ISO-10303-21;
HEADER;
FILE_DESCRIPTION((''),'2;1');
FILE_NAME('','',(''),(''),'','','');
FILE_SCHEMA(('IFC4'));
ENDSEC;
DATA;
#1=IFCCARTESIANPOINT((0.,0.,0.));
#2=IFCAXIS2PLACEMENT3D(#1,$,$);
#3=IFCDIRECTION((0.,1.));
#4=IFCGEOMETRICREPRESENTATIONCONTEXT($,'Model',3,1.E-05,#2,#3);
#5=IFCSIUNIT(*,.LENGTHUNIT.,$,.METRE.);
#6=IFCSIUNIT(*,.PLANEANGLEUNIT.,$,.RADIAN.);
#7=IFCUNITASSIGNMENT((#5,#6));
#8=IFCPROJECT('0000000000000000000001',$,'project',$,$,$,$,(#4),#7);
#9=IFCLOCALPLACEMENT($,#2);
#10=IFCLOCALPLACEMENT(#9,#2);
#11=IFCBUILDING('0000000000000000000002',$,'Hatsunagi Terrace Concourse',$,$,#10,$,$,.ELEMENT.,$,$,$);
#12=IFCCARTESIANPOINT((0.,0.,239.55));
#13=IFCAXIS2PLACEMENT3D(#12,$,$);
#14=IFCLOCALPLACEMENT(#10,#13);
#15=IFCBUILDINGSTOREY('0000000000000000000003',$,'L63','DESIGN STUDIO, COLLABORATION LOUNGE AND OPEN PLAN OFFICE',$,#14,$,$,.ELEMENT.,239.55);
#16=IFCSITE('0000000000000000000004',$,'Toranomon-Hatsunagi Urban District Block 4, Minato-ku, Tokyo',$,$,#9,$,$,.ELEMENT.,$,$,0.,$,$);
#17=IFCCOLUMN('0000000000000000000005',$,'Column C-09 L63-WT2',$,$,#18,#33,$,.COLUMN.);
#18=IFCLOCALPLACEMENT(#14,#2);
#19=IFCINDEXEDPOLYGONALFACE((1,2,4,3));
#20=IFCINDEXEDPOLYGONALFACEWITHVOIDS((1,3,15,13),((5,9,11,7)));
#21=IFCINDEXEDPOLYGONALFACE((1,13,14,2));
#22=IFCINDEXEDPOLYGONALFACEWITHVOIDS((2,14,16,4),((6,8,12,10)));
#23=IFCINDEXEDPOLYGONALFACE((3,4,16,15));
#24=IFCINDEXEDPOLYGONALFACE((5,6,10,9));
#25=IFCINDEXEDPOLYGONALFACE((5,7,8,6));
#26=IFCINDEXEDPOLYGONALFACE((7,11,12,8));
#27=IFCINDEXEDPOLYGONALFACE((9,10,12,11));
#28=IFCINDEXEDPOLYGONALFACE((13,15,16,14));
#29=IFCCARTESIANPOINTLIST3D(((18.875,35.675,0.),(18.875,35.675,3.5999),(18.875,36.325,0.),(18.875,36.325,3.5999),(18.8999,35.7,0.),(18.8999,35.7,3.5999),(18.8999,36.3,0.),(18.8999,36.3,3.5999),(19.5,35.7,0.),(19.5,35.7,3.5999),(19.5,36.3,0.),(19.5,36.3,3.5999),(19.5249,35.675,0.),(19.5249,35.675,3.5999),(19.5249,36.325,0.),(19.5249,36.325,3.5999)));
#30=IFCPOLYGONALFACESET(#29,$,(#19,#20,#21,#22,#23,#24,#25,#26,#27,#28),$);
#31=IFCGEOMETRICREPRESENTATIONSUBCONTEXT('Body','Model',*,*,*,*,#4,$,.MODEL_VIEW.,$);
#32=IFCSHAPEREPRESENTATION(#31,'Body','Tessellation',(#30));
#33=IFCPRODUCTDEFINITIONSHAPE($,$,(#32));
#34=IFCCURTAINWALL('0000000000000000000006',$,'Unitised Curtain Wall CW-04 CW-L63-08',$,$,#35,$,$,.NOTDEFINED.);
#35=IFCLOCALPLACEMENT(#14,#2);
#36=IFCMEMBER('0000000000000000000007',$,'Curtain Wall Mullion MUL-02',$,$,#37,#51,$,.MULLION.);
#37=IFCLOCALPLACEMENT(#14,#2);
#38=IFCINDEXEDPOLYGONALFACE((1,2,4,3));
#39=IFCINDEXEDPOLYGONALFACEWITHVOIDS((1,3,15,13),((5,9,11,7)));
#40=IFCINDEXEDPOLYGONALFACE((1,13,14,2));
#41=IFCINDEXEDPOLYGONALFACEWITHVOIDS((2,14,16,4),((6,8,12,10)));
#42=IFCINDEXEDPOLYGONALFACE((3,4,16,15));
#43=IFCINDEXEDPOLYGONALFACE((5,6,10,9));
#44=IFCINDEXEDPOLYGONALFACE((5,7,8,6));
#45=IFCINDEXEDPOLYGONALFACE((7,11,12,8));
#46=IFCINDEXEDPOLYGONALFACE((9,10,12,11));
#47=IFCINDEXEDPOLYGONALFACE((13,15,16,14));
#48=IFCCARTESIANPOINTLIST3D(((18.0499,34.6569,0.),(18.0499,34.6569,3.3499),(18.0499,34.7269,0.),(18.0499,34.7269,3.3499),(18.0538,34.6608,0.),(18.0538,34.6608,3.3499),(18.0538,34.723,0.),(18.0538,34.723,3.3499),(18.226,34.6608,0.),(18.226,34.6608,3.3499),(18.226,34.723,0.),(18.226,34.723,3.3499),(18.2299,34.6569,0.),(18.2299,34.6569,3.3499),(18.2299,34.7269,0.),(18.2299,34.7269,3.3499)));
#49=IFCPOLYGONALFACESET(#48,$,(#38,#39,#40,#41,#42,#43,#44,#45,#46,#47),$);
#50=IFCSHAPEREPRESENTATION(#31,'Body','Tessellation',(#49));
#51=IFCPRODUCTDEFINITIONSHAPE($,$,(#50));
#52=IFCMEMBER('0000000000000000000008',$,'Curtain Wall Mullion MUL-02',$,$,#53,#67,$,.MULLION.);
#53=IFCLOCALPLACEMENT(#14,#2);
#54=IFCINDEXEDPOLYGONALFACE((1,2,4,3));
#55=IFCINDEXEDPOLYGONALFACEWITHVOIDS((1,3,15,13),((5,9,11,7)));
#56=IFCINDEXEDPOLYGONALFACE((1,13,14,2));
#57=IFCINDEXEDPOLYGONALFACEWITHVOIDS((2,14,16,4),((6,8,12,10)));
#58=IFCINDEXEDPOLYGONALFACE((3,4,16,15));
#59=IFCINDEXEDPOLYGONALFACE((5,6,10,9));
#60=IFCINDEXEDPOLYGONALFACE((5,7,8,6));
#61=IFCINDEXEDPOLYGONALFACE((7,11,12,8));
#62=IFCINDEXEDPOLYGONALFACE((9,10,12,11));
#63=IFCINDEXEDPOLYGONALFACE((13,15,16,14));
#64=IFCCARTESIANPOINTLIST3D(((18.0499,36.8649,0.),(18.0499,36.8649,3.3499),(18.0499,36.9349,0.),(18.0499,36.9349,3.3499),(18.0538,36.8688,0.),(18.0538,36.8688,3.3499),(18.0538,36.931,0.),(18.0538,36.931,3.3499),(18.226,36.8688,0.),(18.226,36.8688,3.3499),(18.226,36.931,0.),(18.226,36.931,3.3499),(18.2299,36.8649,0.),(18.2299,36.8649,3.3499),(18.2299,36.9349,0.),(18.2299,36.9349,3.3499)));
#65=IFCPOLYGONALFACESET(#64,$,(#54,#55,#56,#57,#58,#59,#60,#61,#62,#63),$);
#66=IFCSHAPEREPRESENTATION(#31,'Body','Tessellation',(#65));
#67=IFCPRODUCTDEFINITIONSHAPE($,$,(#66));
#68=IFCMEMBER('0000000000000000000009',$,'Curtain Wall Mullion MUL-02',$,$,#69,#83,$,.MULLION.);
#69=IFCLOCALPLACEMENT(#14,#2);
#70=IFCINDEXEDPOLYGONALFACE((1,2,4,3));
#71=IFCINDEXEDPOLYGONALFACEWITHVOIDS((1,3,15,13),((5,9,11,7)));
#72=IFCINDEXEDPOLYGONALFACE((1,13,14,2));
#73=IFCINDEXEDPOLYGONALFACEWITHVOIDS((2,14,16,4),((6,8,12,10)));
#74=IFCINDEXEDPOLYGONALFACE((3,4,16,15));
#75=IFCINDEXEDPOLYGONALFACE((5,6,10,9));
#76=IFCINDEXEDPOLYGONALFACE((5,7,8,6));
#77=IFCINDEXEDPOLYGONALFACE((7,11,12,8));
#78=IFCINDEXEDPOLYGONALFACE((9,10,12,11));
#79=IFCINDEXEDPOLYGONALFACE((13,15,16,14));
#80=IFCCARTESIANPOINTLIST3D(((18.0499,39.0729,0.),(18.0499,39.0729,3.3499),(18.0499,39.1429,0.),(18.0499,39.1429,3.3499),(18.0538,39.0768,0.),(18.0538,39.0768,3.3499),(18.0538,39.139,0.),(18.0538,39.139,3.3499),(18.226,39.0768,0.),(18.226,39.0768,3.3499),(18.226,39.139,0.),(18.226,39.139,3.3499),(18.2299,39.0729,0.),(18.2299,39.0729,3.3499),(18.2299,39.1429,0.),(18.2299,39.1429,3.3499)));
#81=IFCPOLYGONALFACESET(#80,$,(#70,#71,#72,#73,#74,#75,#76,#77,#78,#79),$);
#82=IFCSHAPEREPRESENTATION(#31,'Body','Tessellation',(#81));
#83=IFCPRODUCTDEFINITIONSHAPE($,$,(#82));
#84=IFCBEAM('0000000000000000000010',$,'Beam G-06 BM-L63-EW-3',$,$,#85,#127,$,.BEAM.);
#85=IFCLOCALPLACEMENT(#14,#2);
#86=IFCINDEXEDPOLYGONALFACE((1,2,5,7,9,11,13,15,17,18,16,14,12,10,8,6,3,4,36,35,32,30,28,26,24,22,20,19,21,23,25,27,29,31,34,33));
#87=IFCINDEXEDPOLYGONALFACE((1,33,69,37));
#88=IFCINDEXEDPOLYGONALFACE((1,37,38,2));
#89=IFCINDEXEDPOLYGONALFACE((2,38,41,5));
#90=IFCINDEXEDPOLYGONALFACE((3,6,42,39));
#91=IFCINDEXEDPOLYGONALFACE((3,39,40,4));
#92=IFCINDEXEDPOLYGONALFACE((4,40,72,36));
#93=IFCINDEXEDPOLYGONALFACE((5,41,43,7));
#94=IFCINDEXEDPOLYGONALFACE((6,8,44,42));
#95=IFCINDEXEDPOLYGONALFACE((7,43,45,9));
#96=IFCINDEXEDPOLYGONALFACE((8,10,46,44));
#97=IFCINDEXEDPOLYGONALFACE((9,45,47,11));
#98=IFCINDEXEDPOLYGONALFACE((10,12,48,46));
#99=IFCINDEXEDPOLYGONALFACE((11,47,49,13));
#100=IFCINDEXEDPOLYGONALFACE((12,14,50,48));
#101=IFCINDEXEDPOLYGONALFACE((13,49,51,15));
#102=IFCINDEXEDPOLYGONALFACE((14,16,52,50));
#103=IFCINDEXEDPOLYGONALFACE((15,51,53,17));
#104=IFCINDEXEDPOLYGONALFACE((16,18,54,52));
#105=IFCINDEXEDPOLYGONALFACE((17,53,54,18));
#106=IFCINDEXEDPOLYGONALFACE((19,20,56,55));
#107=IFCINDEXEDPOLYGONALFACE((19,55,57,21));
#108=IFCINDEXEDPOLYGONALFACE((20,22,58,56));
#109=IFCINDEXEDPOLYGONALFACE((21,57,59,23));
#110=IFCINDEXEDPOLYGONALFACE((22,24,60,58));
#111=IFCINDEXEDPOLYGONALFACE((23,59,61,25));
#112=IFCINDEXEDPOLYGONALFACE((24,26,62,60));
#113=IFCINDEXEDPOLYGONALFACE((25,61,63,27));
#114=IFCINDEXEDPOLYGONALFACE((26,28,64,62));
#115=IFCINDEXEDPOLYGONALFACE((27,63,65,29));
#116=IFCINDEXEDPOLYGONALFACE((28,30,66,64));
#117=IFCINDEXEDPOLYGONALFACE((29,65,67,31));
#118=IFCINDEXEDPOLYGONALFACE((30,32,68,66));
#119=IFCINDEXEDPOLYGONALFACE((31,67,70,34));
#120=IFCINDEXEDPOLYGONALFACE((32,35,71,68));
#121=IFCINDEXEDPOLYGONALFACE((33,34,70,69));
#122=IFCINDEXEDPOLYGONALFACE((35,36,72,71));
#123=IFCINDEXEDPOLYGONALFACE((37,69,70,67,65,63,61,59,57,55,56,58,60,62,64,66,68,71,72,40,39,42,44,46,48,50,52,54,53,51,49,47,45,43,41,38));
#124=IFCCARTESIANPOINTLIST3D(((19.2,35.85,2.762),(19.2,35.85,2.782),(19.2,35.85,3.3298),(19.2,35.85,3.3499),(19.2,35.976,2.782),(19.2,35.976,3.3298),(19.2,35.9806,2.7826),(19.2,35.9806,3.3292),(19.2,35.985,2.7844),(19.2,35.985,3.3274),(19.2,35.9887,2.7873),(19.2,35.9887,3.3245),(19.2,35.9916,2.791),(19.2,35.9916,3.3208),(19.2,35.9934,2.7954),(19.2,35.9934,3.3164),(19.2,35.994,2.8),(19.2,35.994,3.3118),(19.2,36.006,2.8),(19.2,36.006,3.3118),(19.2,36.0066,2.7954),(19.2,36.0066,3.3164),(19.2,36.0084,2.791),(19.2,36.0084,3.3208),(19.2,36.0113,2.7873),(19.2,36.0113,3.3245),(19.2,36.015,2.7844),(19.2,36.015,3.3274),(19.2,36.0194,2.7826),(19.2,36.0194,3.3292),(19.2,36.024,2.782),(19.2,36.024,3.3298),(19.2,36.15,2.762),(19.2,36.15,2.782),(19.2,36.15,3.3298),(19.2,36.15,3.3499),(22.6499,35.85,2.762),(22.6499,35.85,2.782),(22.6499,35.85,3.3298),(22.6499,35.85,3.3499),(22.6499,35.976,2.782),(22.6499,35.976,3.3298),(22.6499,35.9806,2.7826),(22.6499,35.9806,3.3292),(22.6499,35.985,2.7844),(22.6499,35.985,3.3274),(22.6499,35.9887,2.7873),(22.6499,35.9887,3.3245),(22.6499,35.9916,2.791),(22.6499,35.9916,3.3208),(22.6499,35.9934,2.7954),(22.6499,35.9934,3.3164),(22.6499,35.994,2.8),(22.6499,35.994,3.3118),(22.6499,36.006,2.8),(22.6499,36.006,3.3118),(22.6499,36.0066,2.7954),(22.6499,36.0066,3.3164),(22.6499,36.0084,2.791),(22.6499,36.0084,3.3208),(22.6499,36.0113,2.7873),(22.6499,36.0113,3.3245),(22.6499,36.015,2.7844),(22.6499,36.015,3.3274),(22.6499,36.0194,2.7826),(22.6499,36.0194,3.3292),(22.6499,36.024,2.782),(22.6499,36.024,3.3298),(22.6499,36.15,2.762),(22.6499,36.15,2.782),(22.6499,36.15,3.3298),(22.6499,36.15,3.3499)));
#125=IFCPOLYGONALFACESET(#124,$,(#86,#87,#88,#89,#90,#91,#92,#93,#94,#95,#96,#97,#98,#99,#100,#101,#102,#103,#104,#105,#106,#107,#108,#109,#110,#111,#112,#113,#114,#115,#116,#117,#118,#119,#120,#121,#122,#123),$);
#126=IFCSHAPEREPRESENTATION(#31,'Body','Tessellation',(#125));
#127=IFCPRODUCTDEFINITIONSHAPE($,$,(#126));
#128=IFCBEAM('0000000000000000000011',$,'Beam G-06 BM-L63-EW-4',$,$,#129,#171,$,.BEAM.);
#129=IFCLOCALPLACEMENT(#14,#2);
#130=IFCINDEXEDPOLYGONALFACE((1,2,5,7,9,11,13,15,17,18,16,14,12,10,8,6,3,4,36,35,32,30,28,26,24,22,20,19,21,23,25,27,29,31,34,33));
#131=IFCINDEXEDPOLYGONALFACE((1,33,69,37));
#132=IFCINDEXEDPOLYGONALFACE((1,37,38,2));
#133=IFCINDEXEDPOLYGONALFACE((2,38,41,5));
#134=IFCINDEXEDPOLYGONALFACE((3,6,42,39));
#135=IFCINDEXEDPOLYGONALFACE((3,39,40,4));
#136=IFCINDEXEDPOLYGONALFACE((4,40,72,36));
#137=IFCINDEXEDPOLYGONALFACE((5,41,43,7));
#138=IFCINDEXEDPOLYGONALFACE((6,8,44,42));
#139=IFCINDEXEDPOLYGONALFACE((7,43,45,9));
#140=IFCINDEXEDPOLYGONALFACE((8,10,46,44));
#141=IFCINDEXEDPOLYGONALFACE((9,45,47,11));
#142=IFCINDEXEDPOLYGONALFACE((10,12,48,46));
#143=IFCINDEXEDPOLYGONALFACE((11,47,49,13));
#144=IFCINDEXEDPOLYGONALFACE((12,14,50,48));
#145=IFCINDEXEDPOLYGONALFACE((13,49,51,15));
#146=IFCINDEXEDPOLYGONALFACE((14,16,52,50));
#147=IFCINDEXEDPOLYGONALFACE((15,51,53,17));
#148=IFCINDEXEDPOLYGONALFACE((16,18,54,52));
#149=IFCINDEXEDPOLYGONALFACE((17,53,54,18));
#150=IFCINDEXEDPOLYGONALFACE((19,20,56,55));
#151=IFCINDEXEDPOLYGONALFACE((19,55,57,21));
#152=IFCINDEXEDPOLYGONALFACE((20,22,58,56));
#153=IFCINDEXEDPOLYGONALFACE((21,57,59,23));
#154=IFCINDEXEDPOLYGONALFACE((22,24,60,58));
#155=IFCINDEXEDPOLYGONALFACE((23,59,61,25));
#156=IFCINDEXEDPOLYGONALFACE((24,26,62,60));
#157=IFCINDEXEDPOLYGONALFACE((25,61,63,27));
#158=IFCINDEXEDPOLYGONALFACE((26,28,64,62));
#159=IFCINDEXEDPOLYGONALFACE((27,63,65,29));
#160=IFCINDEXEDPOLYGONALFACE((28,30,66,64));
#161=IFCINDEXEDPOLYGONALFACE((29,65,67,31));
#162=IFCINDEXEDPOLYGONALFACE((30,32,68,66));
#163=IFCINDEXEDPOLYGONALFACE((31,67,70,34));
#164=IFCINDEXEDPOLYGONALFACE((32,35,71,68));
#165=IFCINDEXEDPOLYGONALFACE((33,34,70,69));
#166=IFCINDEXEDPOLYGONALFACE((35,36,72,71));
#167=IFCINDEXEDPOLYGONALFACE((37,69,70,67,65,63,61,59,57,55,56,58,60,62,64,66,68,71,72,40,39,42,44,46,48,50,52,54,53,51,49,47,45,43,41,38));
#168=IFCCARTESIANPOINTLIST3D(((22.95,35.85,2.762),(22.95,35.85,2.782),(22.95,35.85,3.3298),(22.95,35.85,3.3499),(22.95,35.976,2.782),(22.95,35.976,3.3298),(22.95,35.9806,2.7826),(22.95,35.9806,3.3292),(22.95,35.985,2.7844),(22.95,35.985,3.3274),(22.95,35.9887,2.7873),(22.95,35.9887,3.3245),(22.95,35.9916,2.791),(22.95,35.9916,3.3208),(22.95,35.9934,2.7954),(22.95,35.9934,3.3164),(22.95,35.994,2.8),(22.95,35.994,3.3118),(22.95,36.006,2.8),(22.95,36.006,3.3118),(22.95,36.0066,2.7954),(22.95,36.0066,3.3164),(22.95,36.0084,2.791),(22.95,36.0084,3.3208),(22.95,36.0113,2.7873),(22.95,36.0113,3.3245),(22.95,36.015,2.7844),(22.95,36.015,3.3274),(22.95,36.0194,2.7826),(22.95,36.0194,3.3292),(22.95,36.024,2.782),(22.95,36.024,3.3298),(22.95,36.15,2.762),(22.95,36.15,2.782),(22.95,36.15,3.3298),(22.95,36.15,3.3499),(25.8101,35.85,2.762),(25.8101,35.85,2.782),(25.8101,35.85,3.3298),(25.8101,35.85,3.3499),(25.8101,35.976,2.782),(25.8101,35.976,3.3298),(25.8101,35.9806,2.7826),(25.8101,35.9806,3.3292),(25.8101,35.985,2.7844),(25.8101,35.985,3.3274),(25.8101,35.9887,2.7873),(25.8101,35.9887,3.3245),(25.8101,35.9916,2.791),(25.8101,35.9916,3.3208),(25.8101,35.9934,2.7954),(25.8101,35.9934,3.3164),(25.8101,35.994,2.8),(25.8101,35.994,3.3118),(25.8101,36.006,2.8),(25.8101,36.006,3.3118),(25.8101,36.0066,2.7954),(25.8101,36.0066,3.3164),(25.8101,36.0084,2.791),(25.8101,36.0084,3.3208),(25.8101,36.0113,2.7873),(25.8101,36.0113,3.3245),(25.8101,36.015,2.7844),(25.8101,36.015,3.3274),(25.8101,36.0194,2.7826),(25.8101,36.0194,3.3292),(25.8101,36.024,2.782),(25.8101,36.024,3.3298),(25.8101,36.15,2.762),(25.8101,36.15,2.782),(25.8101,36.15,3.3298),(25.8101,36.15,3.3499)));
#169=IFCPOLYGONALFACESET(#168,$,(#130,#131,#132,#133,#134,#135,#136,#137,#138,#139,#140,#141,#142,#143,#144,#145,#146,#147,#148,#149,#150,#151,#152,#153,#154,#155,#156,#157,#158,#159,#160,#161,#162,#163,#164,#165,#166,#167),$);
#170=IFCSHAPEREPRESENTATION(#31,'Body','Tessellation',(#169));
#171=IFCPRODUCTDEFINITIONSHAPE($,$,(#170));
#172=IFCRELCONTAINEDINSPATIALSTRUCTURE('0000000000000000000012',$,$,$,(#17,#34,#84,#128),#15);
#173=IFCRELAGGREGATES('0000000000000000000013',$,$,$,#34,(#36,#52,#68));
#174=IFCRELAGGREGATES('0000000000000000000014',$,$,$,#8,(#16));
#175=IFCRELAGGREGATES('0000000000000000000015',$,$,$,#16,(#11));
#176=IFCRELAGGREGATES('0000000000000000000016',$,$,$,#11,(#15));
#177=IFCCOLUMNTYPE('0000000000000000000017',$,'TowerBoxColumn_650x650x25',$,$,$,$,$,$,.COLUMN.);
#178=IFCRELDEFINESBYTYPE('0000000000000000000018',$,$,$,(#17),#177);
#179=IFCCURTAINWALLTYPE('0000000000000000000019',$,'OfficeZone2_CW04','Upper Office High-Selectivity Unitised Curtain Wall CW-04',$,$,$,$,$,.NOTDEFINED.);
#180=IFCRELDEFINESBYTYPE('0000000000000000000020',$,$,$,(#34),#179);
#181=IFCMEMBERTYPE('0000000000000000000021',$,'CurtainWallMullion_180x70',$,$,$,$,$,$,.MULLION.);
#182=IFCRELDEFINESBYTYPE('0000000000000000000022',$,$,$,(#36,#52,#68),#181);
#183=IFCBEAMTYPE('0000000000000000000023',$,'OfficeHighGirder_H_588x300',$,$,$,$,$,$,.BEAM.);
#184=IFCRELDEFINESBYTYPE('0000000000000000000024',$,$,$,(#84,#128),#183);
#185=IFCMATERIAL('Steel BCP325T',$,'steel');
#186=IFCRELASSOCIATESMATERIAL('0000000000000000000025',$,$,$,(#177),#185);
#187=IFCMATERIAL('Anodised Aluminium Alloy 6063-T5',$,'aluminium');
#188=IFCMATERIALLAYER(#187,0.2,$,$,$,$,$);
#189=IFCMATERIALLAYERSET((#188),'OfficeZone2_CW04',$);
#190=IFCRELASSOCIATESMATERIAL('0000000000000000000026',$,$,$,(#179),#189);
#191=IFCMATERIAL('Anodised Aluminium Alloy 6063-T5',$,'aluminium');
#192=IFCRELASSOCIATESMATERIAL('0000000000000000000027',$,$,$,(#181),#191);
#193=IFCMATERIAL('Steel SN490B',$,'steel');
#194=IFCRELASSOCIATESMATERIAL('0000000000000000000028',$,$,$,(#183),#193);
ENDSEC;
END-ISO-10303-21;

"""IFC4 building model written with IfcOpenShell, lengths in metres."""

from ifc_helpers import new_model, si_unit, direction, frame, origin, origin_2d, place, context, subcontext, project, spatial, hollow_rectangle, i_section, extrude, material, layer, layer_set, material_profile, profile_set, type_object, element, aggregate, save


model = new_model("IFC4")

# Units and contexts
model_context = context("Model", 3, precision=1e-05, world=origin(), true_north=direction((0.0, 1.0)))
body_context = subcontext(model_context, "Body", "Model", "MODEL_VIEW")
ifc_project = project(units=[si_unit("LENGTHUNIT", "METRE"), si_unit("PLANEANGLEUNIT", "RADIAN")], contexts=[model_context])

# Site, building, storey
site_placement = place(None, origin())
site = spatial("IfcSite", under=ifc_project, at=site_placement, Name="Toranomon-Hatsunagi Urban District Block 4, Minato-ku, Tokyo", CompositionType="ELEMENT", RefElevation=0.0)
building_placement = place(site_placement, origin())
building = spatial("IfcBuilding", under=site, at=building_placement, Name="Hatsunagi Terrace Concourse", CompositionType="ELEMENT")
storey_placement = place(building_placement, frame((0.0, 0.0, 239.55)))
storey = spatial("IfcBuildingStorey", under=building, at=storey_placement, Name="L63", Description="DESIGN STUDIO, COLLABORATION LOUNGE AND OPEN PLAN OFFICE", CompositionType="ELEMENT", Elevation=239.55)

# Column
ifc_material_1 = material(Name="Steel BCP325T", Category="steel")
ifc_material_profile_1 = material_profile(ifc_material_1, hollow_rectangle(XDim=0.6499, YDim=0.6499, WallThickness=0.0249, at=origin_2d()), Name="BCP-650x650x25")
ifc_profile_set_1 = profile_set([ifc_material_profile_1], Name="Steel BCP325T")
column_type = type_object("IfcColumnType", Name="TowerBoxColumn_650x650x25", PredefinedType="COLUMN", material=ifc_profile_set_1)
column_placement = place(storey_placement, frame((19.2, 36.0, 0.0), z_axis=(0.0, 0.0, 1.0), x_axis=(1.0, 0.0, 0.0)))
element("IfcColumn", 1, at=column_placement, inside=storey, type_object=column_type, Name="Column C-09 L63-WT2", PredefinedType="COLUMN", context=body_context, shape_type="SweptSolid", body=[
    extrude(hollow_rectangle(XDim=0.6499, YDim=0.6499, WallThickness=0.0249, at=origin_2d()), origin(), (0.0, 0.0, 1.0), 3.5999),
])

# Curtain wall, members
ifc_material_2 = material(Name="Anodised Aluminium Alloy 6063-T5", Category="aluminium")
ifc_layer_1 = layer(ifc_material_2, 0.2)
ifc_layer_set_1 = layer_set([ifc_layer_1], Name="OfficeZone2_CW04")
curtain_wall_type = type_object("IfcCurtainWallType", Name="OfficeZone2_CW04", Description="Upper Office High-Selectivity Unitised Curtain Wall CW-04", PredefinedType="NOTDEFINED", material=ifc_layer_set_1)
curtain_wall_placement = place(storey_placement, origin())
curtain_wall = element("IfcCurtainWall", 2, at=curtain_wall_placement, inside=storey, type_object=curtain_wall_type, Name="Unitised Curtain Wall CW-04 CW-L63-08", PredefinedType="NOTDEFINED")
ifc_material_3 = material(Name="Anodised Aluminium Alloy 6063-T5", Category="aluminium")
ifc_material_profile_2 = material_profile(ifc_material_3, hollow_rectangle(XDim=0.0701, YDim=0.1799, WallThickness=0.0039, at=origin_2d()), Name="ALU-MUL-180x70x4")
ifc_profile_set_2 = profile_set([ifc_material_profile_2], Name="Anodised Aluminium Alloy 6063-T5")
member_type = type_object("IfcMemberType", Name="CurtainWallMullion_180x70", PredefinedType="MULLION", material=ifc_profile_set_2)
member_1_placement = place(storey_placement, frame((18.1399, 34.6919, 0.0), z_axis=(0.0, 0.0, 1.0), x_axis=(0.0, 1.0, 0.0)))
member_1 = element("IfcMember", 3, at=member_1_placement, type_object=member_type, Name="Curtain Wall Mullion MUL-02", PredefinedType="MULLION", context=body_context, shape_type="SweptSolid", body=[
    extrude(hollow_rectangle(XDim=0.0701, YDim=0.1799, WallThickness=0.0039, at=origin_2d()), origin(), (0.0, 0.0, 1.0), 3.3499),
])
member_2_placement = place(storey_placement, frame((18.1399, 36.8999, 0.0), z_axis=(0.0, 0.0, 1.0), x_axis=(0.0, 1.0, 0.0)))
member_2 = element("IfcMember", 4, at=member_2_placement, type_object=member_type, Name="Curtain Wall Mullion MUL-02", PredefinedType="MULLION", context=body_context, shape_type="SweptSolid", body=[
    extrude(hollow_rectangle(XDim=0.0701, YDim=0.1799, WallThickness=0.0039, at=origin_2d()), origin(), (0.0, 0.0, 1.0), 3.3499),
])
member_3_placement = place(storey_placement, frame((18.1399, 39.1079, 0.0), z_axis=(0.0, 0.0, 1.0), x_axis=(0.0, 1.0, 0.0)))
member_3 = element("IfcMember", 5, at=member_3_placement, type_object=member_type, Name="Curtain Wall Mullion MUL-02", PredefinedType="MULLION", context=body_context, shape_type="SweptSolid", body=[
    extrude(hollow_rectangle(XDim=0.0701, YDim=0.1799, WallThickness=0.0039, at=origin_2d()), origin(), (0.0, 0.0, 1.0), 3.3499),
])

# Beams
ifc_material_4 = material(Name="Steel SN490B", Category="steel")
ifc_material_profile_3 = material_profile(ifc_material_4, i_section(OverallWidth=0.3, OverallDepth=0.5879, WebThickness=0.012, FlangeThickness=0.02, FilletRadius=0.0181, at=origin_2d()), Name="H-588x300x12x20")
ifc_profile_set_3 = profile_set([ifc_material_profile_3], Name="Steel SN490B")
beam_type_1 = type_object("IfcBeamType", Name="OfficeHighGirder_H_588x300", PredefinedType="BEAM", material=ifc_profile_set_3)
beam_1_placement = place(storey_placement, frame((19.2, 36.0, 3.0559), z_axis=(1.0, 0.0, 0.0), x_axis=(0.0, 1.0, 0.0)))
element("IfcBeam", 6, at=beam_1_placement, inside=storey, type_object=beam_type_1, Name="Beam G-06 BM-L63-EW-3", PredefinedType="BEAM", context=body_context, shape_type="SweptSolid", body=[
    extrude(i_section(OverallWidth=0.3, OverallDepth=0.5879, WebThickness=0.012, FlangeThickness=0.02, FilletRadius=0.0181, at=origin_2d()), origin(), (0.0, 0.0, 1.0), 3.45),
])
beam_2_placement = place(storey_placement, frame((22.95, 36.0, 3.0559), z_axis=(1.0, 0.0, 0.0), x_axis=(0.0, 1.0, 0.0)))
element("IfcBeam", 7, at=beam_2_placement, inside=storey, type_object=beam_type_1, Name="Beam G-06 BM-L63-EW-4", PredefinedType="BEAM", context=body_context, shape_type="SweptSolid", body=[
    extrude(i_section(OverallWidth=0.3, OverallDepth=0.5879, WebThickness=0.012, FlangeThickness=0.02, FilletRadius=0.0181, at=origin_2d()), origin(), (0.0, 0.0, 1.0), 2.8601),
])

aggregate(curtain_wall, [member_1, member_2, member_3])

save(model, "model.ifc")
